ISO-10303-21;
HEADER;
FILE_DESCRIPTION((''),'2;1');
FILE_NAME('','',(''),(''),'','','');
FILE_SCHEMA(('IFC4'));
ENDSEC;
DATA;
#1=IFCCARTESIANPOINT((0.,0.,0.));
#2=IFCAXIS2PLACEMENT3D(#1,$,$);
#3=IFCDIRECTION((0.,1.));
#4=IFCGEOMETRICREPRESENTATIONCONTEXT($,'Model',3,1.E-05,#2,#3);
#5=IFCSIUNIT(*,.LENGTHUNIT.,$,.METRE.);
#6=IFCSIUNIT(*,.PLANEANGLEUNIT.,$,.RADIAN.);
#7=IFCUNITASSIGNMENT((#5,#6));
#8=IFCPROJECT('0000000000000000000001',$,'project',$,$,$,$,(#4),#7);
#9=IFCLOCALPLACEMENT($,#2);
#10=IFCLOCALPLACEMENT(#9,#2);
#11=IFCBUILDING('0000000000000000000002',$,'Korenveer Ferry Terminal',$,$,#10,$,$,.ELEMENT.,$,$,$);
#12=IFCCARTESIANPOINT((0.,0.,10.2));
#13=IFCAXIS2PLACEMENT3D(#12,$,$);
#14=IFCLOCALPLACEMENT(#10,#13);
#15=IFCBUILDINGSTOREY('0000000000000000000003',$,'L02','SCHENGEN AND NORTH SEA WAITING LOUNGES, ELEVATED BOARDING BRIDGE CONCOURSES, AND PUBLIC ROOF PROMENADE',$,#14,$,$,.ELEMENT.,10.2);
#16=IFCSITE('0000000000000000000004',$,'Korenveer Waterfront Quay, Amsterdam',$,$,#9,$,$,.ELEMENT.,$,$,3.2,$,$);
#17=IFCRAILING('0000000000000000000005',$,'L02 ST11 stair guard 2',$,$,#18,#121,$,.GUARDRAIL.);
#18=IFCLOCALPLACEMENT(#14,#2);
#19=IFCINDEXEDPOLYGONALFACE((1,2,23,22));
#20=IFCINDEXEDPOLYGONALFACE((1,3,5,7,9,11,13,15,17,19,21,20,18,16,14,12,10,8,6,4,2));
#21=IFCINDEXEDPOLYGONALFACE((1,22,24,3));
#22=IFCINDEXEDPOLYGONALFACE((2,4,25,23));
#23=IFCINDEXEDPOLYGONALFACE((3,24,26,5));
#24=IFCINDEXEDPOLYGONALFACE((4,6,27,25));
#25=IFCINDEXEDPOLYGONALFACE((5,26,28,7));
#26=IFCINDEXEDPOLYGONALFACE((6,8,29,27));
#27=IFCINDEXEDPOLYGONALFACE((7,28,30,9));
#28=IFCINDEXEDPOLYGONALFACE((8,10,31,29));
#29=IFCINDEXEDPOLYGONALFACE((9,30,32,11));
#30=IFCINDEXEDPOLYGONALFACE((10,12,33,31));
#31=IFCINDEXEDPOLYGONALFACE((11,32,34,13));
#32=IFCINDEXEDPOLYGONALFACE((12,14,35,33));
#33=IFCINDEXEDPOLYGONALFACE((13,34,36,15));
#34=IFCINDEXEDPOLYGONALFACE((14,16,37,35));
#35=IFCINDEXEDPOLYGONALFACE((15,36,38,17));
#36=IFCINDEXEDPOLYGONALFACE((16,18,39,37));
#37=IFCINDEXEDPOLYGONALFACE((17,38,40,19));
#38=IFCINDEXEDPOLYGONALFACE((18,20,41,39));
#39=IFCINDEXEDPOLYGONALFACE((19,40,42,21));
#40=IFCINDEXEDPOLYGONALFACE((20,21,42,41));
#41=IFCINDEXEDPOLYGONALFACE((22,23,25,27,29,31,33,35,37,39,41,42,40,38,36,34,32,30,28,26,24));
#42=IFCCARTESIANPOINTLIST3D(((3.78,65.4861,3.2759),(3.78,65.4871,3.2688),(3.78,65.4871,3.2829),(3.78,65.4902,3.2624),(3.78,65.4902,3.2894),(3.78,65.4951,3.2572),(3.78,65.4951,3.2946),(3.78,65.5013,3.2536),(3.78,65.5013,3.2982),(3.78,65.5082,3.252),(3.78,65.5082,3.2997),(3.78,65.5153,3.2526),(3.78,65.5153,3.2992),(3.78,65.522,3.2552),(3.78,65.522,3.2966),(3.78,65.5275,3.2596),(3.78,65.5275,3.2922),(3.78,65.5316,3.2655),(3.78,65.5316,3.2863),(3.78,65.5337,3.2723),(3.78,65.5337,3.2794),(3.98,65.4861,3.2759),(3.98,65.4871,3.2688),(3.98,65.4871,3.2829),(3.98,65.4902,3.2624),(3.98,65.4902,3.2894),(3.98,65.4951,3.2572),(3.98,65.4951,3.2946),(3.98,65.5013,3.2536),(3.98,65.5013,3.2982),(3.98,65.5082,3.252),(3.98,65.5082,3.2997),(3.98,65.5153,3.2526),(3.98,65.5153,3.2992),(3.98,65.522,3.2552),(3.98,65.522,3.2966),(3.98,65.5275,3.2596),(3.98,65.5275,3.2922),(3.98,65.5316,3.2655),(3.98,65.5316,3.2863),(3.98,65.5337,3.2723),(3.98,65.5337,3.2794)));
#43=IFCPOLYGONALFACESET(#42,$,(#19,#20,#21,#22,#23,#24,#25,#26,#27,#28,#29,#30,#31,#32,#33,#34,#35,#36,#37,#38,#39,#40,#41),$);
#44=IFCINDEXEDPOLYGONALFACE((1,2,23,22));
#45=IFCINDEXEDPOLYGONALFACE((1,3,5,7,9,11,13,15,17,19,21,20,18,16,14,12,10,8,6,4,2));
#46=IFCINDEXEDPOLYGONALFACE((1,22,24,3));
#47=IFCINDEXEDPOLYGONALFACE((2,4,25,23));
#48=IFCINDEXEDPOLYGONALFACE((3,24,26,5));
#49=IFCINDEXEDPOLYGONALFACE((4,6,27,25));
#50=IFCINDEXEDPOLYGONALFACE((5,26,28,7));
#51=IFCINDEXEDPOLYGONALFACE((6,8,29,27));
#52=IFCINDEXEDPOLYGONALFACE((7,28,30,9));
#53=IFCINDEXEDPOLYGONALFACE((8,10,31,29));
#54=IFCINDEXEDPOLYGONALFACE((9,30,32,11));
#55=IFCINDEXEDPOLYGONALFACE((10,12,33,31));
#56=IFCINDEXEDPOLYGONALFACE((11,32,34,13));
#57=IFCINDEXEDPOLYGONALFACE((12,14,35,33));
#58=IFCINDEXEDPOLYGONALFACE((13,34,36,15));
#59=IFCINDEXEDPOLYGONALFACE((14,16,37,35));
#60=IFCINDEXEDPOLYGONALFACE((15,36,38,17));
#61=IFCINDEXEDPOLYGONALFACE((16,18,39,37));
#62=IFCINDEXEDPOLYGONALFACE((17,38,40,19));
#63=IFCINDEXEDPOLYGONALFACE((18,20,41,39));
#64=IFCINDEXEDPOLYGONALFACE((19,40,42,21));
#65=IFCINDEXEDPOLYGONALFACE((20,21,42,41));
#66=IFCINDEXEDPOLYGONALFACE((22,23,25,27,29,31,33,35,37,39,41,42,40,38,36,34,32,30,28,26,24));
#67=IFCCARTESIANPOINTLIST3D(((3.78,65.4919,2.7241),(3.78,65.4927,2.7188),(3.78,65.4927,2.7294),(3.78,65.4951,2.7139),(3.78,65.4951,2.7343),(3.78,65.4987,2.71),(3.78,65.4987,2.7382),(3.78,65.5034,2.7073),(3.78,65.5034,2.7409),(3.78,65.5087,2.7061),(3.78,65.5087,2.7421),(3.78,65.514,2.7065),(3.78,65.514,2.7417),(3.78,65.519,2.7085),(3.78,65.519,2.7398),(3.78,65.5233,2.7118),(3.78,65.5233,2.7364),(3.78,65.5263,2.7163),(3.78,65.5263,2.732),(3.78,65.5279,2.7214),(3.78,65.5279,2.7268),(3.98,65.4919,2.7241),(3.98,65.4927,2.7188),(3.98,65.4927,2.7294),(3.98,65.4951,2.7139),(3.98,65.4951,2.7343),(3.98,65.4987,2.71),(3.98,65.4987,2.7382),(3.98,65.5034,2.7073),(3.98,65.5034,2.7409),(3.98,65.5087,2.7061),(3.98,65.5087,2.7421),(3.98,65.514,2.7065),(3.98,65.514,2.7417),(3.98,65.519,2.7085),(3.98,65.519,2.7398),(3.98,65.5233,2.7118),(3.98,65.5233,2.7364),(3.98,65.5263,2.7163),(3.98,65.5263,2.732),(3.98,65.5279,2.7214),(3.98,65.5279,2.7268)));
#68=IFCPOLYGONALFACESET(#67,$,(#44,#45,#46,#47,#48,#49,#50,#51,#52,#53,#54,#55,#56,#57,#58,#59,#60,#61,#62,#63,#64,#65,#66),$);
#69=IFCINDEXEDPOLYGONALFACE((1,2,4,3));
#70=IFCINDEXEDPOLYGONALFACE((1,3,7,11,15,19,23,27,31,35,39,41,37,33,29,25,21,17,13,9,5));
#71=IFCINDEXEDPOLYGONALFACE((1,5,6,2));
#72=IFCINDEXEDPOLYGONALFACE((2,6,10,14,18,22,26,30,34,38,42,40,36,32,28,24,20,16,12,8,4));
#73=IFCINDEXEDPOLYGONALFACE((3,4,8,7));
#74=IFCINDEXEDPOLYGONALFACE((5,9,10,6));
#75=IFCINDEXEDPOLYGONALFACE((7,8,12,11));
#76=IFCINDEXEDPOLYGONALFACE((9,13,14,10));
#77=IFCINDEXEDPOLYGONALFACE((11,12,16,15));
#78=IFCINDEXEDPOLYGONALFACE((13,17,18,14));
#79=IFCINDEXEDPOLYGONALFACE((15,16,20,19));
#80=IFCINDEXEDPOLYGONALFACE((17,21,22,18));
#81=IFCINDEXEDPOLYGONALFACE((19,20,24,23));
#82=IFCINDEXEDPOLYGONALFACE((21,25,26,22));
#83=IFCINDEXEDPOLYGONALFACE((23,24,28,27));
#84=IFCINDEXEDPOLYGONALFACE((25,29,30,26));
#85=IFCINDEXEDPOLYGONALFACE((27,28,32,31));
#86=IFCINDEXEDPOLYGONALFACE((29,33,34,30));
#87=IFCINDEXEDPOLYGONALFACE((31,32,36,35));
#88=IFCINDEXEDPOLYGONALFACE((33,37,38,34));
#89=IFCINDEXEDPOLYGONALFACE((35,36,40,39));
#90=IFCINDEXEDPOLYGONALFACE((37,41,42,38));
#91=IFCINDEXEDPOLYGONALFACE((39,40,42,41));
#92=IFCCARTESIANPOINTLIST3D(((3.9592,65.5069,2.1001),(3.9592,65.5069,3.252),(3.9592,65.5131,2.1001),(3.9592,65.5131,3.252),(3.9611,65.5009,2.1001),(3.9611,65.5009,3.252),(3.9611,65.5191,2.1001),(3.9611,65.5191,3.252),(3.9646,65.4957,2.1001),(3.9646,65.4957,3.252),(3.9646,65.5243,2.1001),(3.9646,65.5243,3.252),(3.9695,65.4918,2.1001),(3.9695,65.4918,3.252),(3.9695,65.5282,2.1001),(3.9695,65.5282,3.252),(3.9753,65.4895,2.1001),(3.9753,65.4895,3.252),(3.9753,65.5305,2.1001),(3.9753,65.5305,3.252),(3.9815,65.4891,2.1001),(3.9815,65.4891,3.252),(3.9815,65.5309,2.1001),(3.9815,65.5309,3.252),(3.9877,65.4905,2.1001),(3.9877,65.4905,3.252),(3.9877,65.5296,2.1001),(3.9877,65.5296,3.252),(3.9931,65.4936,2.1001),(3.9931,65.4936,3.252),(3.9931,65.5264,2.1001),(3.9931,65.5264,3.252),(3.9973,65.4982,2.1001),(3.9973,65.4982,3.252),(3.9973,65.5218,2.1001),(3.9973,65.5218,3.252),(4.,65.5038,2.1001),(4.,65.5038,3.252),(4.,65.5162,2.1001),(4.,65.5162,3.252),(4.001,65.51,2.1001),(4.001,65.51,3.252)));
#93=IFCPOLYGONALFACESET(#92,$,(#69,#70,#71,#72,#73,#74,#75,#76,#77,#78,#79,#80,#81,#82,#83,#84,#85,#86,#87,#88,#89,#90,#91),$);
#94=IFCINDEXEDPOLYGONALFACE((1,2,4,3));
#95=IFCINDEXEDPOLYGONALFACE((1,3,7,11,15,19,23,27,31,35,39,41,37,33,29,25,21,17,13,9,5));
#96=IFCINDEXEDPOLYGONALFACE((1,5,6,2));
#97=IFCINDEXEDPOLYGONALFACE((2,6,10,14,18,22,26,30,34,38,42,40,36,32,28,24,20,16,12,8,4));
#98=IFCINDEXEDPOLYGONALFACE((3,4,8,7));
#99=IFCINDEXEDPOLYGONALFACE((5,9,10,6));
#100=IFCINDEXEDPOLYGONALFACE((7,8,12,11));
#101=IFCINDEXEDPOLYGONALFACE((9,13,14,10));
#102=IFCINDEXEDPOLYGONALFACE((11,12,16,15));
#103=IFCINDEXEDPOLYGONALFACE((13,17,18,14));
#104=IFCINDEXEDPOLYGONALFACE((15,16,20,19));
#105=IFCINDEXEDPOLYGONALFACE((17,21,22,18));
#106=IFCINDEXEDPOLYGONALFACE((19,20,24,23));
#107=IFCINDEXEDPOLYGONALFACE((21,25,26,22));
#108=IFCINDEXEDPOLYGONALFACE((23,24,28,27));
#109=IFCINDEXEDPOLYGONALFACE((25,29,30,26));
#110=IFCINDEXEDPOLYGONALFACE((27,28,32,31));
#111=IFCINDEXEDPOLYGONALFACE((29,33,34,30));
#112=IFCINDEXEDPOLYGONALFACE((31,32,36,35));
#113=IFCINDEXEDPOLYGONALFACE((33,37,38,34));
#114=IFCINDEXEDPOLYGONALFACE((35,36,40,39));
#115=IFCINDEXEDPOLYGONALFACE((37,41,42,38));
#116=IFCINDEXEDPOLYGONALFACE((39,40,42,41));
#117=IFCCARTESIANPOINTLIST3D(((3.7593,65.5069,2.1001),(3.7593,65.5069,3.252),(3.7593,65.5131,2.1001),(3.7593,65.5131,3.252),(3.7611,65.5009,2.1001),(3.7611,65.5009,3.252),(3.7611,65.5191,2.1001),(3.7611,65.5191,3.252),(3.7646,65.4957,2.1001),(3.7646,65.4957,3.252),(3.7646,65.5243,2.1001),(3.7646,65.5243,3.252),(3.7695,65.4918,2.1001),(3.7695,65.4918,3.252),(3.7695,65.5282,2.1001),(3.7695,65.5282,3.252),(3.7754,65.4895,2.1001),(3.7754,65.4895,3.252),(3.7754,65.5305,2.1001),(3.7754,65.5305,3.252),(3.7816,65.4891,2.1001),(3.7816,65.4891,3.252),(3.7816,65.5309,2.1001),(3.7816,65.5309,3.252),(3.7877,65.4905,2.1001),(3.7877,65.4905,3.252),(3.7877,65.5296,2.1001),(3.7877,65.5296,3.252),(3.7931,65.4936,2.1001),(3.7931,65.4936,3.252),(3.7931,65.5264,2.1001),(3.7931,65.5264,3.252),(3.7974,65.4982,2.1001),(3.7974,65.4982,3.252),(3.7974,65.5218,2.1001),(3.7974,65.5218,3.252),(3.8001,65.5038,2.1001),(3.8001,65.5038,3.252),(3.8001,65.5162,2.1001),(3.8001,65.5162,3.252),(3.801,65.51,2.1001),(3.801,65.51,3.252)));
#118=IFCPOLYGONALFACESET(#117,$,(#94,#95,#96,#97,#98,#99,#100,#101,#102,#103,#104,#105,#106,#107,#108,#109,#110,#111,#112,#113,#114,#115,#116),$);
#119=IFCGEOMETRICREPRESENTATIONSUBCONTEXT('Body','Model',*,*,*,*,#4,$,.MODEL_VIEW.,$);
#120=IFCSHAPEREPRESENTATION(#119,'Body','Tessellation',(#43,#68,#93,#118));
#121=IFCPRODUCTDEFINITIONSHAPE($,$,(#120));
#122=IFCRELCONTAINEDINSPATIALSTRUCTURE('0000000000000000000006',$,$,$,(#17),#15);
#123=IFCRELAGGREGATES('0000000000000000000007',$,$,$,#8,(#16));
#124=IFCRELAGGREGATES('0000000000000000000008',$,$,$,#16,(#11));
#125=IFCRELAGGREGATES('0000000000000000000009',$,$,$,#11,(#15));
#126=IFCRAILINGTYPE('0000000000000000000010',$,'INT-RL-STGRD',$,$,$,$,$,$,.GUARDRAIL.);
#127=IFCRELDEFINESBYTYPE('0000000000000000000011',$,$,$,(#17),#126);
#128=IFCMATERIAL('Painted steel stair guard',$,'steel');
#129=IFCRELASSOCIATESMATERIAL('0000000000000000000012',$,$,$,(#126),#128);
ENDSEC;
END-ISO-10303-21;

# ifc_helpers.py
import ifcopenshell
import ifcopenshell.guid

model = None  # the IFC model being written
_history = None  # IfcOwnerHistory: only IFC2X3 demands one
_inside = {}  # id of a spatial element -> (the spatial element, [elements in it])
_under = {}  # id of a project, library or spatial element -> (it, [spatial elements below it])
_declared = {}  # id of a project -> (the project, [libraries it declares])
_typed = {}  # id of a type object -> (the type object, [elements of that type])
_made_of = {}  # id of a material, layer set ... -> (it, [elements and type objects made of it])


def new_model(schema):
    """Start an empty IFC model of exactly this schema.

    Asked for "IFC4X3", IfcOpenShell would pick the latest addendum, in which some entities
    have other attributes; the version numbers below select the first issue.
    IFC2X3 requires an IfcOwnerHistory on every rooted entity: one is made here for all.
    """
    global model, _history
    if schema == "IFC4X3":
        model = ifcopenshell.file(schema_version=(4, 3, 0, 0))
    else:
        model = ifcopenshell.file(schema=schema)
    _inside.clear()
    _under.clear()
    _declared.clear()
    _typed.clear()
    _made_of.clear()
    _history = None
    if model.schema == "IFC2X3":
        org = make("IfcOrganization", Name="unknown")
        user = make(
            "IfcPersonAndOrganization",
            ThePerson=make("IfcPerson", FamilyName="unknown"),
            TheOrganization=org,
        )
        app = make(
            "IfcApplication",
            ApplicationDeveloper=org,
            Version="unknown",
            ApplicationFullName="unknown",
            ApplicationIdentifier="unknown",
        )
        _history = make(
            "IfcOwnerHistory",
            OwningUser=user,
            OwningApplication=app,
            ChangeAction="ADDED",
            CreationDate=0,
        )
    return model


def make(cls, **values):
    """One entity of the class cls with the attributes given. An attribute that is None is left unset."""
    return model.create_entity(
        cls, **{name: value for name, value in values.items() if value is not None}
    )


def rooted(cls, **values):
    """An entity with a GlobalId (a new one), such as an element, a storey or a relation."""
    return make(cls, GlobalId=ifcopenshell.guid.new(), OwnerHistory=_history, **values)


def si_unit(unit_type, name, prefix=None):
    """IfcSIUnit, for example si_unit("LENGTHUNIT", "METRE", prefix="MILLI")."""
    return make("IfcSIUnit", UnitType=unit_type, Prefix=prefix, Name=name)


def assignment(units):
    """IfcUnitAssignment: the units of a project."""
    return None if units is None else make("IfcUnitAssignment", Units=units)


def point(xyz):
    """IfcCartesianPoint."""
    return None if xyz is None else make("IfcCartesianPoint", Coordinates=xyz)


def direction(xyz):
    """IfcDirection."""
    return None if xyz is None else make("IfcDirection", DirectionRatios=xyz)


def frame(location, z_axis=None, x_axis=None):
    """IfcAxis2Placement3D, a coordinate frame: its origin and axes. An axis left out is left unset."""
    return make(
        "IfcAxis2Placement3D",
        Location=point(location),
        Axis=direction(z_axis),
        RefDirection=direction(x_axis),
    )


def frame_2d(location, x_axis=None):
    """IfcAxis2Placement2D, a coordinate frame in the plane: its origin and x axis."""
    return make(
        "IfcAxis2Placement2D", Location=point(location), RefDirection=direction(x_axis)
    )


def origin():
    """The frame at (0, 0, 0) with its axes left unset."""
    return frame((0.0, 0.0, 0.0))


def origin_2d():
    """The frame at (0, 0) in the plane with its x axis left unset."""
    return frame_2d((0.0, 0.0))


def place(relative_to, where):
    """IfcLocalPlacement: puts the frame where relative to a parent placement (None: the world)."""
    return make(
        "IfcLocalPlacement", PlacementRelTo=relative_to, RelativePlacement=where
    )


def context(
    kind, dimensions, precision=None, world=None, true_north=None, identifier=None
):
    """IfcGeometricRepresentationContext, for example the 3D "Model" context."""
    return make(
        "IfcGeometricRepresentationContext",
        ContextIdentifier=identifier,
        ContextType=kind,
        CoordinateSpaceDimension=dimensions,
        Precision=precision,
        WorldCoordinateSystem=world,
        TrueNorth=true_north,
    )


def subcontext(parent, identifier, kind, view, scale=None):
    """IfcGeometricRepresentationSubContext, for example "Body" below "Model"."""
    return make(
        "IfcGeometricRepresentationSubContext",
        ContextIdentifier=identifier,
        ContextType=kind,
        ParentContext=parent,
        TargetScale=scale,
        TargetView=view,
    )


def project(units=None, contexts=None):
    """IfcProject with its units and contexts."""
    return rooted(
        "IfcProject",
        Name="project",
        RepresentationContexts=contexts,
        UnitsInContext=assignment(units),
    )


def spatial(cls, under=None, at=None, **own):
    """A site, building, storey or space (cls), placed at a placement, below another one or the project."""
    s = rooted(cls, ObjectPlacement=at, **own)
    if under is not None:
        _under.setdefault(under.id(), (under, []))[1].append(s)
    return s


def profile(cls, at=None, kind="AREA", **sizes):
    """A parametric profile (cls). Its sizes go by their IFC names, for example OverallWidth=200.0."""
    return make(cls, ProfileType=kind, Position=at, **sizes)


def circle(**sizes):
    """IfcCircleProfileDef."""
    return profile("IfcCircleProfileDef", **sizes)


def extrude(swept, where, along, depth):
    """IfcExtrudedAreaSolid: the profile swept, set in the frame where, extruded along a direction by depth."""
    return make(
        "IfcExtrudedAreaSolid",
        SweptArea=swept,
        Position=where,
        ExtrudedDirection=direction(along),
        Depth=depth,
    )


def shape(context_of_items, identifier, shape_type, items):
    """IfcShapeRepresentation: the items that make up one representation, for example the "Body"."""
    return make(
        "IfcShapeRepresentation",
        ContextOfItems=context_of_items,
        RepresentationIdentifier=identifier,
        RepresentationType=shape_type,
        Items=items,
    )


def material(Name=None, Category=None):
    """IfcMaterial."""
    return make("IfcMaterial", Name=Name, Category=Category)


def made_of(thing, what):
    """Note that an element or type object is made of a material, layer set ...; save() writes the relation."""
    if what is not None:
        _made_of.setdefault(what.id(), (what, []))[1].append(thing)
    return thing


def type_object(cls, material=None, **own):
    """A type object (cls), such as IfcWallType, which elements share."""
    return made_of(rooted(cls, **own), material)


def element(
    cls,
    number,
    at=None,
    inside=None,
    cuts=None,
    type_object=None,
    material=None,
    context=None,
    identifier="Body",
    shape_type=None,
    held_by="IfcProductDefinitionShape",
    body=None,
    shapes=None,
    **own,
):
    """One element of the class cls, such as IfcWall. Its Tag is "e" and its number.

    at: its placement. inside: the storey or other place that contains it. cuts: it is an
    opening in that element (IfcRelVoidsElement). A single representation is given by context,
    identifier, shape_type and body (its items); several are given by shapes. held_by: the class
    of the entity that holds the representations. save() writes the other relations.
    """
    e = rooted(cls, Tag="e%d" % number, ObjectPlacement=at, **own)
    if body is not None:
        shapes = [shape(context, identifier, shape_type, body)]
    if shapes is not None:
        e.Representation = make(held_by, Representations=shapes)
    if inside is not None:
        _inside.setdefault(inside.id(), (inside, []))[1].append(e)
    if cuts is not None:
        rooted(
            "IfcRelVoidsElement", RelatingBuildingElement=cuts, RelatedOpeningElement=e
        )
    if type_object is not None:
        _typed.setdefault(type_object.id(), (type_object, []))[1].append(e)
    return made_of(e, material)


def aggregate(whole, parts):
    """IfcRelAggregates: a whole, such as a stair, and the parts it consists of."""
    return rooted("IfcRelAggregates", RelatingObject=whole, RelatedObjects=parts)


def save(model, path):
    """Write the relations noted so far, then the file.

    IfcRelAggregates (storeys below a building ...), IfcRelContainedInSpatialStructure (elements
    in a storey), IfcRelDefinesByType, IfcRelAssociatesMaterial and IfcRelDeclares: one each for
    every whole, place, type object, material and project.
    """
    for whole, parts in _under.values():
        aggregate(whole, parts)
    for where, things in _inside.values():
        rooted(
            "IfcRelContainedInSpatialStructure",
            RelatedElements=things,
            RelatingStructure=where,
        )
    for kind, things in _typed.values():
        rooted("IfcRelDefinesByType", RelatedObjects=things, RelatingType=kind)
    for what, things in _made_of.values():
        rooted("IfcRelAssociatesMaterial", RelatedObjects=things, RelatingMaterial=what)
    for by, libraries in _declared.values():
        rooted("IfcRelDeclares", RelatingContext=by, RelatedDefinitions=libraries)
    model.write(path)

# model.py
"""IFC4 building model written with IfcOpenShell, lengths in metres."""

from ifc_helpers import new_model, si_unit, direction, frame, origin, origin_2d, place, context, subcontext, project, spatial, circle, extrude, material, type_object, element, save


model = new_model("IFC4")

# Units and contexts
model_context = context("Model", 3, precision=1e-05, world=origin(), true_north=direction((0.0, 1.0)))
body_context = subcontext(model_context, "Body", "Model", "MODEL_VIEW")
ifc_project = project(units=[si_unit("LENGTHUNIT", "METRE"), si_unit("PLANEANGLEUNIT", "RADIAN")], contexts=[model_context])

# Site, building, storey
site_placement = place(None, origin())
site = spatial("IfcSite", under=ifc_project, at=site_placement, Name="Korenveer Waterfront Quay, Amsterdam", CompositionType="ELEMENT", RefElevation=3.2)
building_placement = place(site_placement, origin())
building = spatial("IfcBuilding", under=site, at=building_placement, Name="Korenveer Ferry Terminal", CompositionType="ELEMENT")
storey_placement = place(building_placement, frame((0.0, 0.0, 10.2)))
storey = spatial("IfcBuildingStorey", under=building, at=storey_placement, Name="L02", Description="SCHENGEN AND NORTH SEA WAITING LOUNGES, ELEVATED BOARDING BRIDGE CONCOURSES, AND PUBLIC ROOF PROMENADE", CompositionType="ELEMENT", Elevation=10.2)

# Railing
ifc_material_1 = material(Name="Painted steel stair guard", Category="steel")
railing_type_1 = type_object("IfcRailingType", Name="INT-RL-STGRD", PredefinedType="GUARDRAIL", material=ifc_material_1)
railing_1_placement = place(storey_placement, frame((3.98, 65.51, 2.1001)))
element("IfcRailing", 1, at=railing_1_placement, inside=storey, type_object=railing_type_1, Name="L02 ST11 stair guard 2", PredefinedType="GUARDRAIL", context=body_context, shape_type="SweptSolid", body=[
    extrude(circle(Radius=0.0239, at=origin_2d()), frame((0.0, 0.0, 1.1758), z_axis=(-1.0, 0.0, 0.0), x_axis=(0.0, -1.0, 0.0)), (0.0, 0.0, 1.0), 0.2),
    extrude(circle(Radius=0.0181, at=origin_2d()), frame((0.0, 0.0, 0.624), z_axis=(-1.0, 0.0, 0.0), x_axis=(0.0, -1.0, 0.0)), (0.0, 0.0, 1.0), 0.2),
    extrude(circle(Radius=0.021, at=origin_2d()), origin(), (0.0, 0.0, 1.0), 1.1519),
    extrude(circle(Radius=0.021, at=origin_2d()), frame((-0.2, 0.0, 0.0)), (0.0, 0.0, 1.0), 1.1519),
])

save(model, "model.ifc")
